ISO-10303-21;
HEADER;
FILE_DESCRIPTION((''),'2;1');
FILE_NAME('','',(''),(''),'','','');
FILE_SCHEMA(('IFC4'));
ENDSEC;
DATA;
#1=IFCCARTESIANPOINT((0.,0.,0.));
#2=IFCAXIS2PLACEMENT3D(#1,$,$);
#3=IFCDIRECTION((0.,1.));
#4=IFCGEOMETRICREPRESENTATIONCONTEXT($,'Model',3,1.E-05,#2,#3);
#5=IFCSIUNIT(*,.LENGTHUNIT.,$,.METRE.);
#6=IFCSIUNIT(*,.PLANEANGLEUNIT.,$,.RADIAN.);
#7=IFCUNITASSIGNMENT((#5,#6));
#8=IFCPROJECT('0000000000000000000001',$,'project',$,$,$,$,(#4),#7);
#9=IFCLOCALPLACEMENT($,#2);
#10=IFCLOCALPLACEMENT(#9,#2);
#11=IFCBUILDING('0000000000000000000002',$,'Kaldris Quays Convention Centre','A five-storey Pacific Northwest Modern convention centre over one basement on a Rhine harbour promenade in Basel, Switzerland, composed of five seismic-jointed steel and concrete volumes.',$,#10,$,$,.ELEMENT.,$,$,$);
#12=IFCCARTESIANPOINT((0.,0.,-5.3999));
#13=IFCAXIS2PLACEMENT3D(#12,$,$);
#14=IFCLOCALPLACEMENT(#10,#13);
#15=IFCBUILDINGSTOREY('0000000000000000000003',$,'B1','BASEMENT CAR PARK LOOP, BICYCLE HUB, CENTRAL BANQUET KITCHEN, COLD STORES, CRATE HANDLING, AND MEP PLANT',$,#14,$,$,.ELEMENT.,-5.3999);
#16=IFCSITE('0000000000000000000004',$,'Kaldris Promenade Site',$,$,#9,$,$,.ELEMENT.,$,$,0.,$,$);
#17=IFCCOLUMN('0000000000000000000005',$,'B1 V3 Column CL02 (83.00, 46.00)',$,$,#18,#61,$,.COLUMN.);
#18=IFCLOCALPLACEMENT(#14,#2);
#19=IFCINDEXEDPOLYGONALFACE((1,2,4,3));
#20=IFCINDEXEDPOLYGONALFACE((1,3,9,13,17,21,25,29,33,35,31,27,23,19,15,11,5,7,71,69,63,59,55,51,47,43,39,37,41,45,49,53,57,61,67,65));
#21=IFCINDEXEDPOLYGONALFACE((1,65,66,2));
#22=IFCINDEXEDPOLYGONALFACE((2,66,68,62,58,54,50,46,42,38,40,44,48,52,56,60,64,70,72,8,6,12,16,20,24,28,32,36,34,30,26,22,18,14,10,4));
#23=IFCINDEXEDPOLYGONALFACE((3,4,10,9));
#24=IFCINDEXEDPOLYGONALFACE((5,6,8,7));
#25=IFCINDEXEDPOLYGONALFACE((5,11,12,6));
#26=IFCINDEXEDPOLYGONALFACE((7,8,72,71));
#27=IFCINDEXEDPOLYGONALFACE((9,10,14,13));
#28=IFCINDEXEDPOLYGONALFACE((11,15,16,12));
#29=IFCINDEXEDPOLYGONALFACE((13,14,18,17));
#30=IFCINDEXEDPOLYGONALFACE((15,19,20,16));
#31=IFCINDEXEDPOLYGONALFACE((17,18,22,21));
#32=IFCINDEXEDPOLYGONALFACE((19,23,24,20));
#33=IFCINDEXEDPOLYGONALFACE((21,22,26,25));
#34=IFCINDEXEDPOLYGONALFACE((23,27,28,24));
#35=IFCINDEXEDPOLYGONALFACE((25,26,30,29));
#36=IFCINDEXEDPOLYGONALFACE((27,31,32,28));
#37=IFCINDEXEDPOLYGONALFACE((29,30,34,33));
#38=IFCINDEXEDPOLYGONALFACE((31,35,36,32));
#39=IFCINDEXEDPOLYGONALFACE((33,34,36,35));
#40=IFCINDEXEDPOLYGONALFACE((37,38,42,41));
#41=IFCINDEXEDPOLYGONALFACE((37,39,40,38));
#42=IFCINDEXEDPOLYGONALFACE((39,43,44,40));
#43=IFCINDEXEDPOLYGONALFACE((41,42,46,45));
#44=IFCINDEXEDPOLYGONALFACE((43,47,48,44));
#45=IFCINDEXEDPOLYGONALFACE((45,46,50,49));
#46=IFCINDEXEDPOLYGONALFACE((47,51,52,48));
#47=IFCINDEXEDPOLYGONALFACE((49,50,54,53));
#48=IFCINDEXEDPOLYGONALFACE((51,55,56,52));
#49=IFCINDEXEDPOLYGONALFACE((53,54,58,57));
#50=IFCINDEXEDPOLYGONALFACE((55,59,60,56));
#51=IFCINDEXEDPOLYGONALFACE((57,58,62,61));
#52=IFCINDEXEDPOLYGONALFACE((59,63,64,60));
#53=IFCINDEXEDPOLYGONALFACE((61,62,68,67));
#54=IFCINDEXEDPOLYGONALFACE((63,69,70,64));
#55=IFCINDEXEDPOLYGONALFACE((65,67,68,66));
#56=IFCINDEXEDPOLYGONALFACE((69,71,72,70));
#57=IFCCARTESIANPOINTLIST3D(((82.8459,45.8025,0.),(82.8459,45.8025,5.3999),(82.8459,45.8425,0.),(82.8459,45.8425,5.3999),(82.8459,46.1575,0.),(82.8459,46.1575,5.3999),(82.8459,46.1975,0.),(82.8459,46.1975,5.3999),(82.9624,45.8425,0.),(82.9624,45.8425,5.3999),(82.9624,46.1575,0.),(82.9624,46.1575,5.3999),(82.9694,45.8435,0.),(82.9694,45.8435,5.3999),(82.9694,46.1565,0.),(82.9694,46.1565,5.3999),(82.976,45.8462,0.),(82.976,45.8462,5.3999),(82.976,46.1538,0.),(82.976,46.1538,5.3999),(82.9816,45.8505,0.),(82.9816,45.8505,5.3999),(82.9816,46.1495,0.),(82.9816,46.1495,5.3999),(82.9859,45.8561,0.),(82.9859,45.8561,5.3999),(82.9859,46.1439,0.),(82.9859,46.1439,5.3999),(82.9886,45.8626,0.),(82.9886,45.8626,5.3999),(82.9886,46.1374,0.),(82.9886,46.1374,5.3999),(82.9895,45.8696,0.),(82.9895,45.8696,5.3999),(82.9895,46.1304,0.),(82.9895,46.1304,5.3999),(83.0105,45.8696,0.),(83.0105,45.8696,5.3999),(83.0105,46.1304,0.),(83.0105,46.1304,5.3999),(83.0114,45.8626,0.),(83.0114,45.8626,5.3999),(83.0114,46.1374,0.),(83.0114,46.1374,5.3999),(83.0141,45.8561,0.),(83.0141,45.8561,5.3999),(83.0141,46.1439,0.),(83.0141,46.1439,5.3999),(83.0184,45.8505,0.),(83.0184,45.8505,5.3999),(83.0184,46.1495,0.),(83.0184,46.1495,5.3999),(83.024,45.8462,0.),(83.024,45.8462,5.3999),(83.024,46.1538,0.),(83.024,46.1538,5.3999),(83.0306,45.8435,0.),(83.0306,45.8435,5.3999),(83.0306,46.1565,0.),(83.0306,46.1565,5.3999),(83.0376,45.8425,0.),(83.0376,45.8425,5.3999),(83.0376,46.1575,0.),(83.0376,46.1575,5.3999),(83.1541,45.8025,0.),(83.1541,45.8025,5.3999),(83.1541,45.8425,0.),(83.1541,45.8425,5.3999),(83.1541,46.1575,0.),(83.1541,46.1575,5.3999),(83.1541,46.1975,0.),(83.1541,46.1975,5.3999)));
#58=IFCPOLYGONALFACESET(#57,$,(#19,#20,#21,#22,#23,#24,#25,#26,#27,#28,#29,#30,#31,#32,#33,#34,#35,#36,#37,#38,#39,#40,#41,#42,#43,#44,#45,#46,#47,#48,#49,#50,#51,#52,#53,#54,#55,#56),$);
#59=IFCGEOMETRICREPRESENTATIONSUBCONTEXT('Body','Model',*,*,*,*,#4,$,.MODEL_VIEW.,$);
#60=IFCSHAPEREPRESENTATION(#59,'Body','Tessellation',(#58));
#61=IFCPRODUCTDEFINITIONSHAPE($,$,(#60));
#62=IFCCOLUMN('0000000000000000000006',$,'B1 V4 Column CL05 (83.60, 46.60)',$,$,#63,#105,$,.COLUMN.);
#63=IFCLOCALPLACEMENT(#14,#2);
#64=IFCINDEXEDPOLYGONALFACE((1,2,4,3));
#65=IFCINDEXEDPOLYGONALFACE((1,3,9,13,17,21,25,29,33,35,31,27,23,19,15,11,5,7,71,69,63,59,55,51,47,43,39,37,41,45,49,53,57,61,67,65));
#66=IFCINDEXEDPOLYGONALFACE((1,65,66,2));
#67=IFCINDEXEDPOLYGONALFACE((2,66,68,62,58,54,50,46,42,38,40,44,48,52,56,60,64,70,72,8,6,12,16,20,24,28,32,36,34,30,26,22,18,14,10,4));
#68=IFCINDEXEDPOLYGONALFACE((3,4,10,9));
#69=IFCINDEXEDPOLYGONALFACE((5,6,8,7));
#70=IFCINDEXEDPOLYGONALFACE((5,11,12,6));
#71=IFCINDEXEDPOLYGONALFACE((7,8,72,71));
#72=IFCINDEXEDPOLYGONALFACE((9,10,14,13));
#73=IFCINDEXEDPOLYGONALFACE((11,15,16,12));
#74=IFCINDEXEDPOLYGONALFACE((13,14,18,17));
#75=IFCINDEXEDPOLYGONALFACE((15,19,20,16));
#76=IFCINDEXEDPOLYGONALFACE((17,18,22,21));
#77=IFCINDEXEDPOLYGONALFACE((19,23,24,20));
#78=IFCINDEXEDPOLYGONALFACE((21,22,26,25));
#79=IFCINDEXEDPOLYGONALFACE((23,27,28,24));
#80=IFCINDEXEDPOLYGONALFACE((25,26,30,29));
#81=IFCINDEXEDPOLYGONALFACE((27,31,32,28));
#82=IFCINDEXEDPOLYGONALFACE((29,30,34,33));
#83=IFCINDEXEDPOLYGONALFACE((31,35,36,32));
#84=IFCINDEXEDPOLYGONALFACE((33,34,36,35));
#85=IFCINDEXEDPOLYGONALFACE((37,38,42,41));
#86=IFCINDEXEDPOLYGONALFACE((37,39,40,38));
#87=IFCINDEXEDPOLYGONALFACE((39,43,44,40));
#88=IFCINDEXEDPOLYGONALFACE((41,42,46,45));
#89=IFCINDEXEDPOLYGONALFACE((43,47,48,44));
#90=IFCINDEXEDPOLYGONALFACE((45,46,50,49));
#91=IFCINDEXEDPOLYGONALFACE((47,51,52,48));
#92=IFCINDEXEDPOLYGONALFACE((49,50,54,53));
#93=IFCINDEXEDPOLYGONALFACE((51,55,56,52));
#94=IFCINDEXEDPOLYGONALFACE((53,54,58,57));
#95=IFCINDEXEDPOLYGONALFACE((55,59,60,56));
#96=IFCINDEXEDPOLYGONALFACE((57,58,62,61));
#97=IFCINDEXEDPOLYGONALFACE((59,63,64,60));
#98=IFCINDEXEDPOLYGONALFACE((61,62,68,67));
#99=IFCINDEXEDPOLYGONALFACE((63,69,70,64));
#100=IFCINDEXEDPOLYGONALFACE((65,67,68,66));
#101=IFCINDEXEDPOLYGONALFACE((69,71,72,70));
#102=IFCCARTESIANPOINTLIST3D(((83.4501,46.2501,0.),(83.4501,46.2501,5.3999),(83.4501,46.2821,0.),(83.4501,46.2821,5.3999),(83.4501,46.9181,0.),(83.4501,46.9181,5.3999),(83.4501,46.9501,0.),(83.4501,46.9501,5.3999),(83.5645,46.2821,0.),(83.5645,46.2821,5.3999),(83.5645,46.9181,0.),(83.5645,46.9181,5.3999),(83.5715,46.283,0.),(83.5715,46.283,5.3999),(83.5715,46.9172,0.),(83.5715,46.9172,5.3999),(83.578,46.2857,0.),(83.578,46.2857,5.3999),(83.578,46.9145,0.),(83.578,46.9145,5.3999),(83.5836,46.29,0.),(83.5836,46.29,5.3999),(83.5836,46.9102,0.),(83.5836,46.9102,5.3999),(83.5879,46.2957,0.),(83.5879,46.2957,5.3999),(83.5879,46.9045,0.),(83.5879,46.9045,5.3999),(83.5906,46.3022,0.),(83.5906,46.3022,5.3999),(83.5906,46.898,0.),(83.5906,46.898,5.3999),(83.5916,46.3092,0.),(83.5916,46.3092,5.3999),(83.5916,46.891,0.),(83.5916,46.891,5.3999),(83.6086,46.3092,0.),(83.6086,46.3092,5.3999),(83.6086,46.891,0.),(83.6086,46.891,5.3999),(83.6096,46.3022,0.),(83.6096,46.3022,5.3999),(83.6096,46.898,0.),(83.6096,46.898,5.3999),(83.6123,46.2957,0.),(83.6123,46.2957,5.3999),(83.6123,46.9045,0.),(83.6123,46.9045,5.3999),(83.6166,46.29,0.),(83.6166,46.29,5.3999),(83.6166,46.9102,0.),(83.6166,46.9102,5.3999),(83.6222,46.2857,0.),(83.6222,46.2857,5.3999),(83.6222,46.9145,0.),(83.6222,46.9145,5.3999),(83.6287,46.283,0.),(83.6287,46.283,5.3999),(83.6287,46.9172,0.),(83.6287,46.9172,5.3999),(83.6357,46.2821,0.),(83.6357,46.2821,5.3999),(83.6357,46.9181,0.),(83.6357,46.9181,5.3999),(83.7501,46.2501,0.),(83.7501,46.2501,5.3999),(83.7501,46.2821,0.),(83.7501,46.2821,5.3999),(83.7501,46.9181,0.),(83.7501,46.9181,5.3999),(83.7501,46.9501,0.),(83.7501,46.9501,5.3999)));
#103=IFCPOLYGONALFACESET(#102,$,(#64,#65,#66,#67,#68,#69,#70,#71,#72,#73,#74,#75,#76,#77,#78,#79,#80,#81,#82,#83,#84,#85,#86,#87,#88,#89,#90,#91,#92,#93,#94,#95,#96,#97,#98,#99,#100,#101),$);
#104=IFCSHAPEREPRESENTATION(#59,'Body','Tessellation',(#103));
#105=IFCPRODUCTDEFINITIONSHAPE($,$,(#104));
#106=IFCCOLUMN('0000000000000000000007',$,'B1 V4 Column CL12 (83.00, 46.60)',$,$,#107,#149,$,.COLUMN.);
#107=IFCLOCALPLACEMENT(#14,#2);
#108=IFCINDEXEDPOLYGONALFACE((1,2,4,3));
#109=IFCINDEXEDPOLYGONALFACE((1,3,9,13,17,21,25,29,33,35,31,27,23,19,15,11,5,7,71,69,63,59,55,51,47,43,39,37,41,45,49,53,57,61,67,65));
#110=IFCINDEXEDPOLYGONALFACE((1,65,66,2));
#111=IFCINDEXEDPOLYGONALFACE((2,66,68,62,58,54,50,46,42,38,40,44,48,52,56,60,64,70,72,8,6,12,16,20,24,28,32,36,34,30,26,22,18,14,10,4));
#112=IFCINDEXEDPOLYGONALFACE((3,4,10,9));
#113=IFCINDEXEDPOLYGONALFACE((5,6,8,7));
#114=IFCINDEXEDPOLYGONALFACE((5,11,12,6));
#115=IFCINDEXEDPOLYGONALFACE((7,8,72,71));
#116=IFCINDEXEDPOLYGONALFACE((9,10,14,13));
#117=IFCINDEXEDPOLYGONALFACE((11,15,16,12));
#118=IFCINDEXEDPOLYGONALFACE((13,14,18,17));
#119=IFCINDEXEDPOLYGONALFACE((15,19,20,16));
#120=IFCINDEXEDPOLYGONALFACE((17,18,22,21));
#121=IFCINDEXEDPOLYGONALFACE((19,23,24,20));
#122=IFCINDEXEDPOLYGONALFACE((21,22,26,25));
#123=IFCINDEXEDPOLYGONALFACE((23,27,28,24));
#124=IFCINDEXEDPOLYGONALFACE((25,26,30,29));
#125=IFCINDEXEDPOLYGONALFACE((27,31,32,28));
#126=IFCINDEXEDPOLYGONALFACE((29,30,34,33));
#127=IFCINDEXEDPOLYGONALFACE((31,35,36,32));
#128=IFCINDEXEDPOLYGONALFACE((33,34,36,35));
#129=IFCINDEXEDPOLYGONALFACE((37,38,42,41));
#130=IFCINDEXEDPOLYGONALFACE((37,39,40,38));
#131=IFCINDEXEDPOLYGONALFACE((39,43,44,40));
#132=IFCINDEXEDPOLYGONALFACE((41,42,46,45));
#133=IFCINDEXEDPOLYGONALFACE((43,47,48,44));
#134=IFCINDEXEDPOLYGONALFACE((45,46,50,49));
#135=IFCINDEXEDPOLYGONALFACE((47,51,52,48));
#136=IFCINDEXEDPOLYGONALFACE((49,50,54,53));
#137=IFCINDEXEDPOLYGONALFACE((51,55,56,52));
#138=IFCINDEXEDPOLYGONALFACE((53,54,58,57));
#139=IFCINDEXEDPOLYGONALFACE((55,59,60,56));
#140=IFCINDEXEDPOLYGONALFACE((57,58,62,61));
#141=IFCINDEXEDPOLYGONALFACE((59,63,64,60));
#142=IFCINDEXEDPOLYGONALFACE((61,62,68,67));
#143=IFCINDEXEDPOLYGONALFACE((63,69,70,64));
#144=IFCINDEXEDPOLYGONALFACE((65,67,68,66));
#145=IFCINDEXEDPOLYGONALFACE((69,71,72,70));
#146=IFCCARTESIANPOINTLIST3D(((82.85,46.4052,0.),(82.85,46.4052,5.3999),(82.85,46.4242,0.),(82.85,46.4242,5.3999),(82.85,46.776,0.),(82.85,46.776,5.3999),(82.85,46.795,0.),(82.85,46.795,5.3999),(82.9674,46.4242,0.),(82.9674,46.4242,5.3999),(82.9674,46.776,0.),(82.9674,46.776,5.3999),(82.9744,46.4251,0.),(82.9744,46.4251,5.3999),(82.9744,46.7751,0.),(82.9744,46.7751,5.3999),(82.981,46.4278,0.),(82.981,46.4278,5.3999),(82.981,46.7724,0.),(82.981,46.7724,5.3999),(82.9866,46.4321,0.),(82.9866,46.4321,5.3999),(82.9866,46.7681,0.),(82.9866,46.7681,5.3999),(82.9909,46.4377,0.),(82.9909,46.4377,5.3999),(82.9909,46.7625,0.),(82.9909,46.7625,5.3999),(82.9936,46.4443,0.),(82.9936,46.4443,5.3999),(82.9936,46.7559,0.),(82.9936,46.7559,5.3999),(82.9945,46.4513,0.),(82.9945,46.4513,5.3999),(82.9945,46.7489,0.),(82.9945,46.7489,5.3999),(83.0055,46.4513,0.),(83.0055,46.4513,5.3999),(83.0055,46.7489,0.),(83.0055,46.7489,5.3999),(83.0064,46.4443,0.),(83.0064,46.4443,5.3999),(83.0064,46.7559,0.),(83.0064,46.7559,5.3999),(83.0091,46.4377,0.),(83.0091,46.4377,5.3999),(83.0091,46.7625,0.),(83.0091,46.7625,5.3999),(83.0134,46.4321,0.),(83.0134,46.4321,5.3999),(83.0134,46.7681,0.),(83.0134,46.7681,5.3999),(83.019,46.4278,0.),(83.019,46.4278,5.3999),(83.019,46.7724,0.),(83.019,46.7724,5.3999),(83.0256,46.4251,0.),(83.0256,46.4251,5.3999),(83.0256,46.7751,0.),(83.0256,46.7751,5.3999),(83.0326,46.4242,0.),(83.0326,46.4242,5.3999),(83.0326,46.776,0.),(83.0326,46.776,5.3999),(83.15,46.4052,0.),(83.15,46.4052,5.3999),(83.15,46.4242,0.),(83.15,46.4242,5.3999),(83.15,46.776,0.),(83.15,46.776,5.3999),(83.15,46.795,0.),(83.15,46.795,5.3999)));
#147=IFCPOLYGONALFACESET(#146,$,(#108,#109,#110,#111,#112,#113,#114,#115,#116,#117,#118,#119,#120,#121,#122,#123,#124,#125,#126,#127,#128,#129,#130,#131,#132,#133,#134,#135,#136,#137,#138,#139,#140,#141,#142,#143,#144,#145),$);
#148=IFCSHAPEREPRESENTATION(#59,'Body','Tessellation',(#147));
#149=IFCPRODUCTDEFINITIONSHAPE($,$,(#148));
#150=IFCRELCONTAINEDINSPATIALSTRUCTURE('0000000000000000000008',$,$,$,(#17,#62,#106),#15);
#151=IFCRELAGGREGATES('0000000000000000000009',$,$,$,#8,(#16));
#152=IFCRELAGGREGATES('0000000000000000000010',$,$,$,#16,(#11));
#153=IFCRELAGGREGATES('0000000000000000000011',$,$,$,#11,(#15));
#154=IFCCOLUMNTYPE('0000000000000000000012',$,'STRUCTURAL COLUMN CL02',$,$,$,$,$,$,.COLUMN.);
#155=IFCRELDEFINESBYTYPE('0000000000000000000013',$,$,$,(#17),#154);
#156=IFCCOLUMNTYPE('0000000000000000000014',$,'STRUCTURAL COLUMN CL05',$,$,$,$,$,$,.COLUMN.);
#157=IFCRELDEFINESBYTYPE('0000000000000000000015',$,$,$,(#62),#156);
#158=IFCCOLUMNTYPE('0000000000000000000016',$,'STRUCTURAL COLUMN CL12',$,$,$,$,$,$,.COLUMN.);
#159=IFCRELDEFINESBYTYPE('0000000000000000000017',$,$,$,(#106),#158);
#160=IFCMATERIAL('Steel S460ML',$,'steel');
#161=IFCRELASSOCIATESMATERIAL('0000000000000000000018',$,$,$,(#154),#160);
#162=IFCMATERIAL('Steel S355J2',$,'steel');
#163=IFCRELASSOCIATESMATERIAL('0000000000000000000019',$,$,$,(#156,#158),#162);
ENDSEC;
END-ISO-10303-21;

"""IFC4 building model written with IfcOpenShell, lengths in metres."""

from ifc_helpers import new_model, si_unit, direction, frame, origin, origin_2d, place, context, subcontext, project, spatial, i_section, extrude, material, material_profile, profile_set, type_object, element, save


model = new_model("IFC4")

# Units and contexts
model_context = context("Model", 3, precision=1e-05, world=origin(), true_north=direction((0.0, 1.0)))
body_context = subcontext(model_context, "Body", "Model", "MODEL_VIEW")
ifc_project = project(units=[si_unit("LENGTHUNIT", "METRE"), si_unit("PLANEANGLEUNIT", "RADIAN")], contexts=[model_context])

# Site, building, storey
site_placement = place(None, origin())
site = spatial("IfcSite", under=ifc_project, at=site_placement, Name="Kaldris Promenade Site", CompositionType="ELEMENT", RefElevation=0.0)
building_placement = place(site_placement, origin())
building = spatial("IfcBuilding", under=site, at=building_placement, Name="Kaldris Quays Convention Centre", Description="A five-storey Pacific Northwest Modern convention centre over one basement on a Rhine harbour promenade in Basel, Switzerland, composed of five seismic-jointed steel and concrete volumes.", CompositionType="ELEMENT")
storey_placement = place(building_placement, frame((0.0, 0.0, -5.3999)))
storey = spatial("IfcBuildingStorey", under=building, at=storey_placement, Name="B1", Description="BASEMENT CAR PARK LOOP, BICYCLE HUB, CENTRAL BANQUET KITCHEN, COLD STORES, CRATE HANDLING, AND MEP PLANT", CompositionType="ELEMENT", Elevation=-5.3999)

# Columns
ifc_material_1 = material(Name="Steel S460ML", Category="steel")
ifc_material_profile_1 = material_profile(ifc_material_1, i_section(OverallWidth=0.3081, OverallDepth=0.395, WebThickness=0.021, FlangeThickness=0.04, FilletRadius=0.0271, at=origin_2d()), Name="HEM 360")
ifc_profile_set_1 = profile_set([ifc_material_profile_1], Name="Steel S460ML")
column_type_1 = type_object("IfcColumnType", Name="STRUCTURAL COLUMN CL02", PredefinedType="COLUMN", material=ifc_profile_set_1)
column_1_placement = place(storey_placement, frame((83.0, 46.0, 0.0), z_axis=(0.0, 0.0, 1.0), x_axis=(1.0, 0.0, 0.0)))
element("IfcColumn", 1, at=column_1_placement, inside=storey, type_object=column_type_1, Name="B1 V3 Column CL02 (83.00, 46.00)", PredefinedType="COLUMN", context=body_context, shape_type="SweptSolid", body=[
    extrude(i_section(OverallWidth=0.3081, OverallDepth=0.395, WebThickness=0.021, FlangeThickness=0.04, FilletRadius=0.0271, at=origin_2d()), origin(), (0.0, 0.0, 1.0), 5.3999),
])
ifc_material_2 = material(Name="Steel S355J2", Category="steel")
ifc_material_profile_2 = material_profile(ifc_material_2, i_section(OverallWidth=0.3, OverallDepth=0.7, WebThickness=0.0171, FlangeThickness=0.032, FilletRadius=0.0271, at=origin_2d()), Name="HEB 700")
ifc_profile_set_2 = profile_set([ifc_material_profile_2], Name="Steel S355J2")
column_type_2 = type_object("IfcColumnType", Name="STRUCTURAL COLUMN CL05", PredefinedType="COLUMN", material=ifc_profile_set_2)
column_2_placement = place(storey_placement, frame((83.6001, 46.6001, 0.0), z_axis=(0.0, 0.0, 1.0), x_axis=(1.0, 0.0, 0.0)))
element("IfcColumn", 2, at=column_2_placement, inside=storey, type_object=column_type_2, Name="B1 V4 Column CL05 (83.60, 46.60)", PredefinedType="COLUMN", context=body_context, shape_type="SweptSolid", body=[
    extrude(i_section(OverallWidth=0.3, OverallDepth=0.7, WebThickness=0.0171, FlangeThickness=0.032, FilletRadius=0.0271, at=origin_2d()), origin(), (0.0, 0.0, 1.0), 5.3999),
])
ifc_material_profile_3 = material_profile(ifc_material_2, i_section(OverallWidth=0.3, OverallDepth=0.3899, WebThickness=0.011, FlangeThickness=0.019, FilletRadius=0.0271, at=origin_2d()), Name="HEA 400")
ifc_profile_set_3 = profile_set([ifc_material_profile_3], Name="Steel S355J2")
column_type_3 = type_object("IfcColumnType", Name="STRUCTURAL COLUMN CL12", PredefinedType="COLUMN", material=ifc_profile_set_3)
column_3_placement = place(storey_placement, frame((83.0, 46.6001, 0.0), z_axis=(0.0, 0.0, 1.0), x_axis=(1.0, 0.0, 0.0)))
element("IfcColumn", 3, at=column_3_placement, inside=storey, type_object=column_type_3, Name="B1 V4 Column CL12 (83.00, 46.60)", PredefinedType="COLUMN", context=body_context, shape_type="SweptSolid", body=[
    extrude(i_section(OverallWidth=0.3, OverallDepth=0.3899, WebThickness=0.011, FlangeThickness=0.019, FilletRadius=0.0271, at=origin_2d()), origin(), (0.0, 0.0, 1.0), 5.3999),
])

save(model, "model.ifc")
